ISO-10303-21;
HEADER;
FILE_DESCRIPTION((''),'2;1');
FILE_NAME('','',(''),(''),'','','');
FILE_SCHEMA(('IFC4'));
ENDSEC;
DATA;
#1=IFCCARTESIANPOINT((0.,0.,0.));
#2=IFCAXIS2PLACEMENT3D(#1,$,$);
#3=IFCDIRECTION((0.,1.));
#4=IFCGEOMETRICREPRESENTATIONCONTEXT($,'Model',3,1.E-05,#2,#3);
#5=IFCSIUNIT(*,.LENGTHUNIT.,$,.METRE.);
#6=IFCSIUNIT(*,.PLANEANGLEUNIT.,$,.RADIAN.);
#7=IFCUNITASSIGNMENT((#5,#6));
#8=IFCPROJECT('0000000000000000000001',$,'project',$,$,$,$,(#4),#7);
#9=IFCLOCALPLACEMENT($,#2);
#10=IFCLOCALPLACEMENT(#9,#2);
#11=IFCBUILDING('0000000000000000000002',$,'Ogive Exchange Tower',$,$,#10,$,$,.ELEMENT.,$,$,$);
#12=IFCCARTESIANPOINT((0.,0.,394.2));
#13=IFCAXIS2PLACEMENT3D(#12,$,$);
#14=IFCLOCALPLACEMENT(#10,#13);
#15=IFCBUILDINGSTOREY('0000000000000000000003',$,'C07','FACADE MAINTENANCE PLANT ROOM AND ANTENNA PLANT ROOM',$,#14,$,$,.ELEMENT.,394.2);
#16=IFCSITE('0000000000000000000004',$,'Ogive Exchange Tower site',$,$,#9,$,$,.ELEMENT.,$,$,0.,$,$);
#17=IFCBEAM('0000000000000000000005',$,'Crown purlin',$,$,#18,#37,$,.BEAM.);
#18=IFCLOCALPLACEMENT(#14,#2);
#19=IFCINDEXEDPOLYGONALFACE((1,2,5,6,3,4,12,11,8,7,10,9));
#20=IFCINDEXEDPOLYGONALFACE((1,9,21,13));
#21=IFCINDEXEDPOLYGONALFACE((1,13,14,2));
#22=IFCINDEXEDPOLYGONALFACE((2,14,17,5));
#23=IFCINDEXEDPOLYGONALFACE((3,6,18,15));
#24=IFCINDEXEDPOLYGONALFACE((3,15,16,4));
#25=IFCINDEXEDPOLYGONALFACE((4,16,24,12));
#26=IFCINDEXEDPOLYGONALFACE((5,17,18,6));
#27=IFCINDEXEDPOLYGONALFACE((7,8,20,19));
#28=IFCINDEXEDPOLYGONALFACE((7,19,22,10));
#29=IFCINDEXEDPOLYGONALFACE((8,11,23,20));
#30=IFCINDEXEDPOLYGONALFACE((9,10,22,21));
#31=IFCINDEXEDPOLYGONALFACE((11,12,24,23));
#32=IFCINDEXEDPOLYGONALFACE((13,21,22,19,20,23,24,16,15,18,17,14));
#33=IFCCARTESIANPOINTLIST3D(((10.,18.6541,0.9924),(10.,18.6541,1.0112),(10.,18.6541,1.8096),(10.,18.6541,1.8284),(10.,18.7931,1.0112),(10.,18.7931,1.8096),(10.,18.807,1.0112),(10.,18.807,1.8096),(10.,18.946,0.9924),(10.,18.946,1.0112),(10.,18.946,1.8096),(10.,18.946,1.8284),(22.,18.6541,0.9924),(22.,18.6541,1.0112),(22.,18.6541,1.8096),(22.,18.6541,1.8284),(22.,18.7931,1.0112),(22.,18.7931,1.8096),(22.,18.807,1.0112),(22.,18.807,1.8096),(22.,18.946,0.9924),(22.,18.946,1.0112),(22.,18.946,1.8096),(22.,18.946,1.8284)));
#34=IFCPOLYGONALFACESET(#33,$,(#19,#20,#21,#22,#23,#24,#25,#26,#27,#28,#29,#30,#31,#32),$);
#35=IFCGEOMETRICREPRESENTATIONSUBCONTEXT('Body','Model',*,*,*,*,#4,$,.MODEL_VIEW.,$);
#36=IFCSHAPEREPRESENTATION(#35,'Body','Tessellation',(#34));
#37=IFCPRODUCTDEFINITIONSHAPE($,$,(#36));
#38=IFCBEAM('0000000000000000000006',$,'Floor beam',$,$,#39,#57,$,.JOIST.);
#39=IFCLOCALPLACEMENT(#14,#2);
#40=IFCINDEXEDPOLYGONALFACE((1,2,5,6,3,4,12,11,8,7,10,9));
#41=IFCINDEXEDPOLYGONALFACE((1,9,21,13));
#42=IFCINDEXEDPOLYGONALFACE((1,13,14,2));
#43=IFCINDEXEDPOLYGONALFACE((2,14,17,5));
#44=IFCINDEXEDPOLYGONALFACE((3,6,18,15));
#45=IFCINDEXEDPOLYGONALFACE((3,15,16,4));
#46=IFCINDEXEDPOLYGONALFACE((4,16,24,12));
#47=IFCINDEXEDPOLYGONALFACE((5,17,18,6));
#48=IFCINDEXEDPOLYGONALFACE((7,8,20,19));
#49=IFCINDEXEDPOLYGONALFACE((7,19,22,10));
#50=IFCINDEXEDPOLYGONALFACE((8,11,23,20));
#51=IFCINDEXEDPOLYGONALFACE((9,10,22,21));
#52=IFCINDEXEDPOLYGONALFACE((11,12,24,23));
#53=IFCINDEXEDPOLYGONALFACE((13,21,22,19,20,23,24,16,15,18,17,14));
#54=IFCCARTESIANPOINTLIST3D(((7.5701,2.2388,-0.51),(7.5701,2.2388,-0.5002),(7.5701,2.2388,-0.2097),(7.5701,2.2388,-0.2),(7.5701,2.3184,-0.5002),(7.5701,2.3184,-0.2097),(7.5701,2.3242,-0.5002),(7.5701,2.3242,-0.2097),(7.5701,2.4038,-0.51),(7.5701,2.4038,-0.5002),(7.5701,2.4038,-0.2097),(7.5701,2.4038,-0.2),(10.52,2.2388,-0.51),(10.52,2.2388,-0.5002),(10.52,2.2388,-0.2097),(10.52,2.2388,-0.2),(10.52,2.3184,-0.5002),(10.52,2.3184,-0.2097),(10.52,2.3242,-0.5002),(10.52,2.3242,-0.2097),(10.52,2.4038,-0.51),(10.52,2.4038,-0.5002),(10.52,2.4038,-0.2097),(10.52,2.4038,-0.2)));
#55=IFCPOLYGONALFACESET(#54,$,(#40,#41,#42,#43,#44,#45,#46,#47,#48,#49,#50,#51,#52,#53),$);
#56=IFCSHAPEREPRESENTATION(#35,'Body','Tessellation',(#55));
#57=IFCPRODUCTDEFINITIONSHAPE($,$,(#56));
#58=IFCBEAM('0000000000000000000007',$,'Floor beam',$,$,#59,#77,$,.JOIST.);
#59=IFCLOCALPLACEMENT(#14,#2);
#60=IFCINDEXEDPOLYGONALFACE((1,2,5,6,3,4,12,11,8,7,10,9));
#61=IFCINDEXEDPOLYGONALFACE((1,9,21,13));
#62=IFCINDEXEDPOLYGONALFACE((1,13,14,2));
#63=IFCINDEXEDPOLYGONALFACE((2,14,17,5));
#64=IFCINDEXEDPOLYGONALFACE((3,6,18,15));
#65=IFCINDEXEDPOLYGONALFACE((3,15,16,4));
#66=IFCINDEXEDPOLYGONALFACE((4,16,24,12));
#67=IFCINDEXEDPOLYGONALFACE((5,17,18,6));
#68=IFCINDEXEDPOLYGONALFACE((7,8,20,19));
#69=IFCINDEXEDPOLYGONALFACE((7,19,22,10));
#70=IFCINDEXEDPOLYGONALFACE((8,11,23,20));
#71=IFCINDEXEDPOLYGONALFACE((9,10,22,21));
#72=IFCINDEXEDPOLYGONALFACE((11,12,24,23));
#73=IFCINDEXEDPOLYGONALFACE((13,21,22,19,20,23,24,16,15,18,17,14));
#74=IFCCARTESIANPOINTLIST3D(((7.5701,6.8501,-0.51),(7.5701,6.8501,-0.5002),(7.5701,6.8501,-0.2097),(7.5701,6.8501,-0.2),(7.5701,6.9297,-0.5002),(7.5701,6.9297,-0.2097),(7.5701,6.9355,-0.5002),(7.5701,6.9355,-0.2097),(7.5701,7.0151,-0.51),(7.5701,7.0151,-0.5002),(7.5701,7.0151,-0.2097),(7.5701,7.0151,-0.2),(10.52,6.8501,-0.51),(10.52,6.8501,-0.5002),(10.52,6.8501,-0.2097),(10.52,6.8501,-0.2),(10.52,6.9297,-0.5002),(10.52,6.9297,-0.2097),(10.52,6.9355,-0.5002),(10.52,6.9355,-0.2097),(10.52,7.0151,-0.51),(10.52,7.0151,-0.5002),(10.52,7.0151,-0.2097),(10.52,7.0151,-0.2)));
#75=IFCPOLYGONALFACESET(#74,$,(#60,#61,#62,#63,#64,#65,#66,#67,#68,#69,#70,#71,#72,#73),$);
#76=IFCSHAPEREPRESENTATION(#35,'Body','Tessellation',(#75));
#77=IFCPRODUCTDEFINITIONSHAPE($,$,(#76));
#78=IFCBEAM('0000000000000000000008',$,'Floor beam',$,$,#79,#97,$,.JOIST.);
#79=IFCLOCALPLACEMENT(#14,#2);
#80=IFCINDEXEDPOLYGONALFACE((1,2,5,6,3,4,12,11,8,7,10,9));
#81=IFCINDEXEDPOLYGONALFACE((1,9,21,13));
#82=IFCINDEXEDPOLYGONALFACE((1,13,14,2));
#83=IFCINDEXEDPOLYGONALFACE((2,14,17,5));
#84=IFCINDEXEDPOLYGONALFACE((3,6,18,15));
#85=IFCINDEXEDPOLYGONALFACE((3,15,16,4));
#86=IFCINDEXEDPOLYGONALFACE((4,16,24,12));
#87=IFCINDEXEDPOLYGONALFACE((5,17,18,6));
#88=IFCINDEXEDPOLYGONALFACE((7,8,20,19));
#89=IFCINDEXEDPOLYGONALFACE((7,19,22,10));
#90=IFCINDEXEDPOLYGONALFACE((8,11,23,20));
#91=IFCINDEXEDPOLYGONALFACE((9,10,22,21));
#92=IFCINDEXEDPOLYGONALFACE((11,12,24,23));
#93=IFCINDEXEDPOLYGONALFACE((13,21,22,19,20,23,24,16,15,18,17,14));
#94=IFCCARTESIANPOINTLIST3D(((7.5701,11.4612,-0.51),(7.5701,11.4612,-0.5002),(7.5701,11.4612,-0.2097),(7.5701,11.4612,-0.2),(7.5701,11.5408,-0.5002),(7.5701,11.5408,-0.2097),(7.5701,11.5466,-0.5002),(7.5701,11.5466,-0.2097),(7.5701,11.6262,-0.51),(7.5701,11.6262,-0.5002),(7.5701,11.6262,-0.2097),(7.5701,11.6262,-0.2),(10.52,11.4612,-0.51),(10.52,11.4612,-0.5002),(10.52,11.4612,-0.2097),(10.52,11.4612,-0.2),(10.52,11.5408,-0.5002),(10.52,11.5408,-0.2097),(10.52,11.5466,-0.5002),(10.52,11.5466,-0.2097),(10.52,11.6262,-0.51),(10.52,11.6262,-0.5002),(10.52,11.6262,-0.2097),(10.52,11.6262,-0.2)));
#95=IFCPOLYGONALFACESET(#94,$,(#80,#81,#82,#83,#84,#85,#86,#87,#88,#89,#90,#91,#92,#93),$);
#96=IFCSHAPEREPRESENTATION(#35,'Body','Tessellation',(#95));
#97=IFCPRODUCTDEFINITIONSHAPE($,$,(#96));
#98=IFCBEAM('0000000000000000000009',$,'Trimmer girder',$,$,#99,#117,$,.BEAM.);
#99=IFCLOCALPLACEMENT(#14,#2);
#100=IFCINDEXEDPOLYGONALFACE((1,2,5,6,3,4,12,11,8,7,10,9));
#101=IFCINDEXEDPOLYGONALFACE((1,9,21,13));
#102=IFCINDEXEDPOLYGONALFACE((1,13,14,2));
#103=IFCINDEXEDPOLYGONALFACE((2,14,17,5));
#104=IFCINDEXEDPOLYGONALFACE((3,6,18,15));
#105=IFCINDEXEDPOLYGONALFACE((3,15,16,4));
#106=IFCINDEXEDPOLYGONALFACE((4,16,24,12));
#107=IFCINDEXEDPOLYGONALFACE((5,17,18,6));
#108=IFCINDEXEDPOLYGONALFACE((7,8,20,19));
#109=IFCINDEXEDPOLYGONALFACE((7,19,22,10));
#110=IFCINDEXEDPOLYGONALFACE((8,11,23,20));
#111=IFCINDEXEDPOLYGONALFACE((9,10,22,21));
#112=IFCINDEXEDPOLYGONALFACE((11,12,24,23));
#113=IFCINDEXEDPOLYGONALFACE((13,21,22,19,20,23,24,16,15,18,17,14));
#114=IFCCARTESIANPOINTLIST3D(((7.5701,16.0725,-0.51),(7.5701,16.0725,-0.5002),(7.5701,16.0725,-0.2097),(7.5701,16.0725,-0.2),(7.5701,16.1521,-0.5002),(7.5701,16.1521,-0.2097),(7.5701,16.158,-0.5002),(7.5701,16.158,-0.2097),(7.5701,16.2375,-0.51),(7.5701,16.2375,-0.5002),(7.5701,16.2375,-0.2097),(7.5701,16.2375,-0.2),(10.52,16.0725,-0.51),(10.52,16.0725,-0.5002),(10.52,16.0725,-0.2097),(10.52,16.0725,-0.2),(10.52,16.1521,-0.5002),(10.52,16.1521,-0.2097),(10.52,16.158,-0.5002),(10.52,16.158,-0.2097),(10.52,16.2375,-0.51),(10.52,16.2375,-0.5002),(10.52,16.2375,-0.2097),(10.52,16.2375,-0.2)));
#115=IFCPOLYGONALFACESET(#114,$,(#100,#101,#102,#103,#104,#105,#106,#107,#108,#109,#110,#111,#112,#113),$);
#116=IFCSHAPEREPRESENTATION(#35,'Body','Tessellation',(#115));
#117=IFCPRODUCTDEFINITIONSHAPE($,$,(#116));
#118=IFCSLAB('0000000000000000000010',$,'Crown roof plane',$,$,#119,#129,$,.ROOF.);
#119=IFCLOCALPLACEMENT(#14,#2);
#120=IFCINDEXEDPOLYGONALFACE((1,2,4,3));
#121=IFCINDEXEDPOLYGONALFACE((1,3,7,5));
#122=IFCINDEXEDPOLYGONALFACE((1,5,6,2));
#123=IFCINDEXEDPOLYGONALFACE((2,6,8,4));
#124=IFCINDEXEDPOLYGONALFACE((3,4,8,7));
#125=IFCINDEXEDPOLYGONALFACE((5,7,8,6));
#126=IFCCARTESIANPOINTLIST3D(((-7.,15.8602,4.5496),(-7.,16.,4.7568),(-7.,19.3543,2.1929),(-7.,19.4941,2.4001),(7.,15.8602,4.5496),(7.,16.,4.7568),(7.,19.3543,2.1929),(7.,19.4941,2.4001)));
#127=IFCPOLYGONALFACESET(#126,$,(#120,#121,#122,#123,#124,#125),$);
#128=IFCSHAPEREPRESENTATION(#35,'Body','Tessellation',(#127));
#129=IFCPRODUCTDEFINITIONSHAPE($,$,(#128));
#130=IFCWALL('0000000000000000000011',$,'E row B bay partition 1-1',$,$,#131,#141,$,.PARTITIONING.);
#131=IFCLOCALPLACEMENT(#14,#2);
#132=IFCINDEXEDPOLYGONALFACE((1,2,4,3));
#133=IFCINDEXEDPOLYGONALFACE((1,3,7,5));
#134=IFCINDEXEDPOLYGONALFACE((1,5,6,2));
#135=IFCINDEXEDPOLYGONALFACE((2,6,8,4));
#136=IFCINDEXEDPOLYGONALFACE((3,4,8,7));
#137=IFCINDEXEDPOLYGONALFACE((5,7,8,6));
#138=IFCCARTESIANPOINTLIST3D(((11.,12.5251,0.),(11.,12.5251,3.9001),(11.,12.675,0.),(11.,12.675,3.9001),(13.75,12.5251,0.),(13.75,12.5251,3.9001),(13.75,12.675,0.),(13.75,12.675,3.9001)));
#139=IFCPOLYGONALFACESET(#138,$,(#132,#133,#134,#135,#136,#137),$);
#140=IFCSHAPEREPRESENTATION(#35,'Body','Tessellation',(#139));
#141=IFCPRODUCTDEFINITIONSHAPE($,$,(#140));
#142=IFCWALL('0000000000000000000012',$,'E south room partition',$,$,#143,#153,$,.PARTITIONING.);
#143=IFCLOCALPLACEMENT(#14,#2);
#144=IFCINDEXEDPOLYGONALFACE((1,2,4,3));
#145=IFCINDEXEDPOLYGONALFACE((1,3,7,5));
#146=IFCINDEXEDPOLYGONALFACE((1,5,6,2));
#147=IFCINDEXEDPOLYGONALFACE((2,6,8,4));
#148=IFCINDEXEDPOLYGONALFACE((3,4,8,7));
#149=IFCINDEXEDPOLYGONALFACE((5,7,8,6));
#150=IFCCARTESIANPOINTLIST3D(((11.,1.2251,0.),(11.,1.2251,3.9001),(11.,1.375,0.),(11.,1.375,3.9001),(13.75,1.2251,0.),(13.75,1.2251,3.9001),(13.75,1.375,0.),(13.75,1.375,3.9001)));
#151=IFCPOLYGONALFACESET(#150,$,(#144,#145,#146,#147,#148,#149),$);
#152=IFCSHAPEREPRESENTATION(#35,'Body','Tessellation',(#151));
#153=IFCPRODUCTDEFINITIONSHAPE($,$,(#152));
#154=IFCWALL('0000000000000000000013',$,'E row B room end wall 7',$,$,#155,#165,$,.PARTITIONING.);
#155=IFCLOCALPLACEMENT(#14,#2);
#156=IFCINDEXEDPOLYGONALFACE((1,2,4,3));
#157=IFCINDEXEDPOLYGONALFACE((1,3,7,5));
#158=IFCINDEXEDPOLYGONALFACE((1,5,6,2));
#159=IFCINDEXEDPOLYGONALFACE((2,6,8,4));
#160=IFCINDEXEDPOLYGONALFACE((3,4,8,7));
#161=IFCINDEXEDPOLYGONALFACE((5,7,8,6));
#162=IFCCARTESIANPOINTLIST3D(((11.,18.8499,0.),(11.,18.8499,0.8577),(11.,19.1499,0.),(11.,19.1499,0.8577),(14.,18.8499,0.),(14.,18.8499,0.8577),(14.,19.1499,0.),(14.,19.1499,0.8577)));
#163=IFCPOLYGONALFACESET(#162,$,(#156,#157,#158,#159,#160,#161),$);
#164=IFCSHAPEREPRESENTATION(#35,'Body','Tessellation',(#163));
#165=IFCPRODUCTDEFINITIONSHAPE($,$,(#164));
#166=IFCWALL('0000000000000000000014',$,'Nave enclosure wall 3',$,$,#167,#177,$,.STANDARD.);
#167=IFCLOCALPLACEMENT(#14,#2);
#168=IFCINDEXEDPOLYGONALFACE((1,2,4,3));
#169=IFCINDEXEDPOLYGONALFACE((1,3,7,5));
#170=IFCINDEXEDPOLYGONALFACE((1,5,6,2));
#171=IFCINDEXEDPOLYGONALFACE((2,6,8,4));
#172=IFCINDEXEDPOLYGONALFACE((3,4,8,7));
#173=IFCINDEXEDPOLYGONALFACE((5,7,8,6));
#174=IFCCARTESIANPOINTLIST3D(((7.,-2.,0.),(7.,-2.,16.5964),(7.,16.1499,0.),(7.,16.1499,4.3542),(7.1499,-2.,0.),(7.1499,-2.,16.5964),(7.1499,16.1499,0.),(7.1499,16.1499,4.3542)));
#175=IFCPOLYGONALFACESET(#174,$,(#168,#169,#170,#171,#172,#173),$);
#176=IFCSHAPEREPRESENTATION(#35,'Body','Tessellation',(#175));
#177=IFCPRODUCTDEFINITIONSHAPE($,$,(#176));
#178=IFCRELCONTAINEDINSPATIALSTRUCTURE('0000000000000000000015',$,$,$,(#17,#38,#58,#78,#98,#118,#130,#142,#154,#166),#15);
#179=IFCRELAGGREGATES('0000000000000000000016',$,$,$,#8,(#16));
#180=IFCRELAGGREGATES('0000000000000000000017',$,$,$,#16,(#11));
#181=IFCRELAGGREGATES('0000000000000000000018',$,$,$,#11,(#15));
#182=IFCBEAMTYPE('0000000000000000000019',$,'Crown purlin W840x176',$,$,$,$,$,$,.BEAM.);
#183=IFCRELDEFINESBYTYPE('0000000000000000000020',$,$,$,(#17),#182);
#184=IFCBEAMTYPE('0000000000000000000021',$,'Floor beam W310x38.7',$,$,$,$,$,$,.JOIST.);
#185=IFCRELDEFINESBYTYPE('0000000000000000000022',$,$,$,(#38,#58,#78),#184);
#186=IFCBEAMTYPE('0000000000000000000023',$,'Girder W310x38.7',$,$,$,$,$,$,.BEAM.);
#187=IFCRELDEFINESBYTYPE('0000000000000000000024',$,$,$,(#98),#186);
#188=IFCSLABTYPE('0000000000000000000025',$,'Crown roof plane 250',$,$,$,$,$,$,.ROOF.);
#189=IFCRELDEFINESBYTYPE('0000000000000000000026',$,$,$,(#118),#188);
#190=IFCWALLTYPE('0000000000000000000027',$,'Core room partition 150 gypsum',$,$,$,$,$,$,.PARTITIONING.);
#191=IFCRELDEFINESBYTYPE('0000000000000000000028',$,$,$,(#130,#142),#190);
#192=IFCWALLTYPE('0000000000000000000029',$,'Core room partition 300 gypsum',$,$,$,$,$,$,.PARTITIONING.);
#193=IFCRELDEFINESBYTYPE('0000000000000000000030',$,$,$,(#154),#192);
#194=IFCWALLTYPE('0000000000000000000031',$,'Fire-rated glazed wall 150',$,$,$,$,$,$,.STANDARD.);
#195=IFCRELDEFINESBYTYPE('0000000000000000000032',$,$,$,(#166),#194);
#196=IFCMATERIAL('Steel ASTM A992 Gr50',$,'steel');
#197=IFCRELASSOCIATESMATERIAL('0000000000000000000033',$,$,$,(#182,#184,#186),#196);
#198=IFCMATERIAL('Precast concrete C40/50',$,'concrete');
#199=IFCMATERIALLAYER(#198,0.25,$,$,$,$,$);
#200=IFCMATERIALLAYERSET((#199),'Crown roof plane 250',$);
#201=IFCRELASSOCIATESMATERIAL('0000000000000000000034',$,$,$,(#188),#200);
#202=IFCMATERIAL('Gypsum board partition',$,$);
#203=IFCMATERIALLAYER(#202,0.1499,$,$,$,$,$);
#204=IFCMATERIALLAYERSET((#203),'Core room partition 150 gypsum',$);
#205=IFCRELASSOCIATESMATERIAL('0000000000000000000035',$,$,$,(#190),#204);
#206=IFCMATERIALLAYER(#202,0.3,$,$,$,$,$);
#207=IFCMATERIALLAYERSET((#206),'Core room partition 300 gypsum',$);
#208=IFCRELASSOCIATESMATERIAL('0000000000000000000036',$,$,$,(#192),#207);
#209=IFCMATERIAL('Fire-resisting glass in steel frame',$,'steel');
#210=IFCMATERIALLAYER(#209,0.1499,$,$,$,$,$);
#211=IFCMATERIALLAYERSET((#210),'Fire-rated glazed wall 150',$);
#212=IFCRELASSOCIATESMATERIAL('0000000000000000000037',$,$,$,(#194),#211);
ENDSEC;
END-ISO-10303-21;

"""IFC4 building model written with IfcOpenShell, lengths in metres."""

from ifc_helpers import new_model, si_unit, direction, frame, frame_2d, origin, origin_2d, place, context, subcontext, project, spatial, polyline, rectangle, i_section, outline, extrude, material, layer, layer_set, material_profile, profile_set, type_object, element, save


model = new_model("IFC4")

# Units and contexts
model_context = context("Model", 3, precision=1e-05, world=origin(), true_north=direction((0.0, 1.0)))
body_context = subcontext(model_context, "Body", "Model", "MODEL_VIEW")
ifc_project = project(units=[si_unit("LENGTHUNIT", "METRE"), si_unit("PLANEANGLEUNIT", "RADIAN")], contexts=[model_context])

# Site, building, storey
site_placement = place(None, origin())
site = spatial("IfcSite", under=ifc_project, at=site_placement, Name="Ogive Exchange Tower site", CompositionType="ELEMENT", RefElevation=0.0)
building_placement = place(site_placement, origin())
building = spatial("IfcBuilding", under=site, at=building_placement, Name="Ogive Exchange Tower", CompositionType="ELEMENT")
storey_placement = place(building_placement, frame((0.0, 0.0, 394.2)))
storey = spatial("IfcBuildingStorey", under=building, at=storey_placement, Name="C07", Description="FACADE MAINTENANCE PLANT ROOM AND ANTENNA PLANT ROOM", CompositionType="ELEMENT", Elevation=394.2)

# Beams
ifc_material_1 = material(Name="Steel ASTM A992 Gr50", Category="steel")
ifc_material_profile_1 = material_profile(ifc_material_1, i_section(OverallWidth=0.292, OverallDepth=0.8359, WebThickness=0.0139, FlangeThickness=0.0188, at=origin_2d()), Name="W840x176")
ifc_profile_set_1 = profile_set([ifc_material_profile_1], Name="Steel ASTM A992 Gr50")
beam_type_1 = type_object("IfcBeamType", Name="Crown purlin W840x176", PredefinedType="BEAM", material=ifc_profile_set_1)
beam_1_placement = place(storey_placement, frame((10.0, 18.8, 1.4104), z_axis=(1.0, 0.0, 0.0), x_axis=(0.0, 1.0, 0.0)))
element("IfcBeam", 1, at=beam_1_placement, inside=storey, type_object=beam_type_1, Name="Crown purlin", PredefinedType="BEAM", context=body_context, shape_type="SweptSolid", body=[
    extrude(i_section(OverallWidth=0.292, OverallDepth=0.8359, WebThickness=0.0139, FlangeThickness=0.0188, at=origin_2d()), origin(), (0.0, 0.0, 1.0), 12.0),
])
ifc_material_profile_2 = material_profile(ifc_material_1, i_section(OverallWidth=0.165, OverallDepth=0.3101, WebThickness=0.0059, FlangeThickness=0.0098, at=origin_2d()), Name="W310x38.7")
ifc_profile_set_2 = profile_set([ifc_material_profile_2], Name="Steel ASTM A992 Gr50")
beam_type_2 = type_object("IfcBeamType", Name="Floor beam W310x38.7", PredefinedType="JOIST", material=ifc_profile_set_2)
for number, where, z_axis, x_axis, name in (
    (2, (7.5701, 2.3213, -0.355), (1.0, 0.0, 0.0), (0.0, 1.0, 0.0), "Floor beam"),
    (3, (7.5701, 6.9326, -0.355), (1.0, 0.0, 0.0), (0.0, 1.0, 0.0), "Floor beam"),
    (4, (7.5701, 11.5437, -0.355), (1.0, 0.0, 0.0), (0.0, 1.0, 0.0), "Floor beam"),
):
    element("IfcBeam", number, at=place(storey_placement, frame(where, z_axis=z_axis, x_axis=x_axis)), inside=storey, type_object=beam_type_2, Name=name, PredefinedType="JOIST", context=body_context, shape_type="SweptSolid", body=[
        extrude(i_section(OverallWidth=0.165, OverallDepth=0.3101, WebThickness=0.0059, FlangeThickness=0.0098, at=origin_2d()), origin(), (0.0, 0.0, 1.0), 2.95),
    ])
ifc_material_profile_3 = material_profile(ifc_material_1, i_section(OverallWidth=0.165, OverallDepth=0.3101, WebThickness=0.0059, FlangeThickness=0.0098, at=origin_2d()), Name="W310x38.7")
ifc_profile_set_3 = profile_set([ifc_material_profile_3], Name="Steel ASTM A992 Gr50")
beam_type_3 = type_object("IfcBeamType", Name="Girder W310x38.7", PredefinedType="BEAM", material=ifc_profile_set_3)
beam_2_placement = place(storey_placement, frame((7.5701, 16.155, -0.355), z_axis=(1.0, 0.0, 0.0), x_axis=(0.0, 1.0, 0.0)))
element("IfcBeam", 5, at=beam_2_placement, inside=storey, type_object=beam_type_3, Name="Trimmer girder", PredefinedType="BEAM", context=body_context, shape_type="SweptSolid", body=[
    extrude(i_section(OverallWidth=0.165, OverallDepth=0.3101, WebThickness=0.0059, FlangeThickness=0.0098, at=origin_2d()), origin(), (0.0, 0.0, 1.0), 2.95),
])

# Slab
ifc_material_2 = material(Name="Precast concrete C40/50", Category="concrete")
ifc_layer_1 = layer(ifc_material_2, 0.25)
ifc_layer_set_1 = layer_set([ifc_layer_1], Name="Crown roof plane 250")
slab_type = type_object("IfcSlabType", Name="Crown roof plane 250", PredefinedType="ROOF", material=ifc_layer_set_1)
slab_placement = place(storey_placement, frame((7.0, 19.4941, 2.4001), z_axis=(0.0, 0.55917, 0.829053), x_axis=(0.0, -0.829053, 0.55917)))
element("IfcSlab", 6, at=slab_placement, inside=storey, type_object=slab_type, Name="Crown roof plane", PredefinedType="ROOF", context=body_context, shape_type="SweptSolid", body=[
    extrude(outline(polyline([(0.0, 0.0), (4.2146, 0.0), (4.2146, -14.0), (0.0, -14.0), (0.0, 0.0)])), origin(), (0.0, 0.0, -1.0), 0.25),
])

# Walls
ifc_material_3 = material(Name="Gypsum board partition")
ifc_layer_2 = layer(ifc_material_3, 0.1499)
ifc_layer_set_2 = layer_set([ifc_layer_2], Name="Core room partition 150 gypsum")
wall_type_1 = type_object("IfcWallType", Name="Core room partition 150 gypsum", PredefinedType="PARTITIONING", material=ifc_layer_set_2)
for number, where, z_axis, x_axis, name in (
    (7, (11.0, 12.6001, 0.0), (0.0, 0.0, 1.0), (1.0, 0.0, 0.0), "E row B bay partition 1-1"),
    (8, (11.0, 1.3, 0.0), (0.0, 0.0, 1.0), (1.0, 0.0, 0.0), "E south room partition"),
):
    element("IfcWall", number, at=place(storey_placement, frame(where, z_axis=z_axis, x_axis=x_axis)), inside=storey, type_object=wall_type_1, Name=name, PredefinedType="PARTITIONING", context=body_context, shape_type="SweptSolid", body=[
        extrude(rectangle(XDim=2.75, YDim=0.1499, at=frame_2d((1.375, 0.0))), origin(), (0.0, 0.0, 1.0), 3.9001),
    ])
ifc_layer_3 = layer(ifc_material_3, 0.3)
ifc_layer_set_3 = layer_set([ifc_layer_3], Name="Core room partition 300 gypsum")
wall_type_2 = type_object("IfcWallType", Name="Core room partition 300 gypsum", PredefinedType="PARTITIONING", material=ifc_layer_set_3)
wall_1_placement = place(storey_placement, frame((11.0, 19.0, 0.0), z_axis=(0.0, 0.0, 1.0), x_axis=(1.0, 0.0, 0.0)))
element("IfcWall", 9, at=wall_1_placement, inside=storey, type_object=wall_type_2, Name="E row B room end wall 7", PredefinedType="PARTITIONING", context=body_context, shape_type="SweptSolid", body=[
    extrude(outline(polyline([(0.0, 0.0), (3.0, 0.0), (3.0, 0.8577), (0.0, 0.8577), (0.0, 0.0)])), frame((0.0, 0.1499, 0.0), z_axis=(0.0, -1.0, 0.0), x_axis=(1.0, 0.0, 0.0)), (0.0, 0.0, 1.0), 0.3),
])
ifc_material_4 = material(Name="Fire-resisting glass in steel frame", Category="steel")
ifc_layer_4 = layer(ifc_material_4, 0.1499)
ifc_layer_set_4 = layer_set([ifc_layer_4], Name="Fire-rated glazed wall 150")
wall_type_3 = type_object("IfcWallType", Name="Fire-rated glazed wall 150", PredefinedType="STANDARD", material=ifc_layer_set_4)
wall_2_placement = place(storey_placement, frame((7.075, 16.1499, 0.0), z_axis=(0.0, 0.0, 1.0), x_axis=(0.0, -1.0, 0.0)))
element("IfcWall", 10, at=wall_2_placement, inside=storey, type_object=wall_type_3, Name="Nave enclosure wall 3", PredefinedType="STANDARD", context=body_context, shape_type="SweptSolid", body=[
    extrude(outline(polyline([(0.0, 0.0), (18.1499, 0.0), (18.1499, 16.5964), (0.0, 4.3542), (0.0, 0.0)])), frame((0.0, 0.075, 0.0), z_axis=(0.0, -1.0, 0.0), x_axis=(1.0, 0.0, 0.0)), (0.0, 0.0, 1.0), 0.1499),
])

save(model, "model.ifc")
